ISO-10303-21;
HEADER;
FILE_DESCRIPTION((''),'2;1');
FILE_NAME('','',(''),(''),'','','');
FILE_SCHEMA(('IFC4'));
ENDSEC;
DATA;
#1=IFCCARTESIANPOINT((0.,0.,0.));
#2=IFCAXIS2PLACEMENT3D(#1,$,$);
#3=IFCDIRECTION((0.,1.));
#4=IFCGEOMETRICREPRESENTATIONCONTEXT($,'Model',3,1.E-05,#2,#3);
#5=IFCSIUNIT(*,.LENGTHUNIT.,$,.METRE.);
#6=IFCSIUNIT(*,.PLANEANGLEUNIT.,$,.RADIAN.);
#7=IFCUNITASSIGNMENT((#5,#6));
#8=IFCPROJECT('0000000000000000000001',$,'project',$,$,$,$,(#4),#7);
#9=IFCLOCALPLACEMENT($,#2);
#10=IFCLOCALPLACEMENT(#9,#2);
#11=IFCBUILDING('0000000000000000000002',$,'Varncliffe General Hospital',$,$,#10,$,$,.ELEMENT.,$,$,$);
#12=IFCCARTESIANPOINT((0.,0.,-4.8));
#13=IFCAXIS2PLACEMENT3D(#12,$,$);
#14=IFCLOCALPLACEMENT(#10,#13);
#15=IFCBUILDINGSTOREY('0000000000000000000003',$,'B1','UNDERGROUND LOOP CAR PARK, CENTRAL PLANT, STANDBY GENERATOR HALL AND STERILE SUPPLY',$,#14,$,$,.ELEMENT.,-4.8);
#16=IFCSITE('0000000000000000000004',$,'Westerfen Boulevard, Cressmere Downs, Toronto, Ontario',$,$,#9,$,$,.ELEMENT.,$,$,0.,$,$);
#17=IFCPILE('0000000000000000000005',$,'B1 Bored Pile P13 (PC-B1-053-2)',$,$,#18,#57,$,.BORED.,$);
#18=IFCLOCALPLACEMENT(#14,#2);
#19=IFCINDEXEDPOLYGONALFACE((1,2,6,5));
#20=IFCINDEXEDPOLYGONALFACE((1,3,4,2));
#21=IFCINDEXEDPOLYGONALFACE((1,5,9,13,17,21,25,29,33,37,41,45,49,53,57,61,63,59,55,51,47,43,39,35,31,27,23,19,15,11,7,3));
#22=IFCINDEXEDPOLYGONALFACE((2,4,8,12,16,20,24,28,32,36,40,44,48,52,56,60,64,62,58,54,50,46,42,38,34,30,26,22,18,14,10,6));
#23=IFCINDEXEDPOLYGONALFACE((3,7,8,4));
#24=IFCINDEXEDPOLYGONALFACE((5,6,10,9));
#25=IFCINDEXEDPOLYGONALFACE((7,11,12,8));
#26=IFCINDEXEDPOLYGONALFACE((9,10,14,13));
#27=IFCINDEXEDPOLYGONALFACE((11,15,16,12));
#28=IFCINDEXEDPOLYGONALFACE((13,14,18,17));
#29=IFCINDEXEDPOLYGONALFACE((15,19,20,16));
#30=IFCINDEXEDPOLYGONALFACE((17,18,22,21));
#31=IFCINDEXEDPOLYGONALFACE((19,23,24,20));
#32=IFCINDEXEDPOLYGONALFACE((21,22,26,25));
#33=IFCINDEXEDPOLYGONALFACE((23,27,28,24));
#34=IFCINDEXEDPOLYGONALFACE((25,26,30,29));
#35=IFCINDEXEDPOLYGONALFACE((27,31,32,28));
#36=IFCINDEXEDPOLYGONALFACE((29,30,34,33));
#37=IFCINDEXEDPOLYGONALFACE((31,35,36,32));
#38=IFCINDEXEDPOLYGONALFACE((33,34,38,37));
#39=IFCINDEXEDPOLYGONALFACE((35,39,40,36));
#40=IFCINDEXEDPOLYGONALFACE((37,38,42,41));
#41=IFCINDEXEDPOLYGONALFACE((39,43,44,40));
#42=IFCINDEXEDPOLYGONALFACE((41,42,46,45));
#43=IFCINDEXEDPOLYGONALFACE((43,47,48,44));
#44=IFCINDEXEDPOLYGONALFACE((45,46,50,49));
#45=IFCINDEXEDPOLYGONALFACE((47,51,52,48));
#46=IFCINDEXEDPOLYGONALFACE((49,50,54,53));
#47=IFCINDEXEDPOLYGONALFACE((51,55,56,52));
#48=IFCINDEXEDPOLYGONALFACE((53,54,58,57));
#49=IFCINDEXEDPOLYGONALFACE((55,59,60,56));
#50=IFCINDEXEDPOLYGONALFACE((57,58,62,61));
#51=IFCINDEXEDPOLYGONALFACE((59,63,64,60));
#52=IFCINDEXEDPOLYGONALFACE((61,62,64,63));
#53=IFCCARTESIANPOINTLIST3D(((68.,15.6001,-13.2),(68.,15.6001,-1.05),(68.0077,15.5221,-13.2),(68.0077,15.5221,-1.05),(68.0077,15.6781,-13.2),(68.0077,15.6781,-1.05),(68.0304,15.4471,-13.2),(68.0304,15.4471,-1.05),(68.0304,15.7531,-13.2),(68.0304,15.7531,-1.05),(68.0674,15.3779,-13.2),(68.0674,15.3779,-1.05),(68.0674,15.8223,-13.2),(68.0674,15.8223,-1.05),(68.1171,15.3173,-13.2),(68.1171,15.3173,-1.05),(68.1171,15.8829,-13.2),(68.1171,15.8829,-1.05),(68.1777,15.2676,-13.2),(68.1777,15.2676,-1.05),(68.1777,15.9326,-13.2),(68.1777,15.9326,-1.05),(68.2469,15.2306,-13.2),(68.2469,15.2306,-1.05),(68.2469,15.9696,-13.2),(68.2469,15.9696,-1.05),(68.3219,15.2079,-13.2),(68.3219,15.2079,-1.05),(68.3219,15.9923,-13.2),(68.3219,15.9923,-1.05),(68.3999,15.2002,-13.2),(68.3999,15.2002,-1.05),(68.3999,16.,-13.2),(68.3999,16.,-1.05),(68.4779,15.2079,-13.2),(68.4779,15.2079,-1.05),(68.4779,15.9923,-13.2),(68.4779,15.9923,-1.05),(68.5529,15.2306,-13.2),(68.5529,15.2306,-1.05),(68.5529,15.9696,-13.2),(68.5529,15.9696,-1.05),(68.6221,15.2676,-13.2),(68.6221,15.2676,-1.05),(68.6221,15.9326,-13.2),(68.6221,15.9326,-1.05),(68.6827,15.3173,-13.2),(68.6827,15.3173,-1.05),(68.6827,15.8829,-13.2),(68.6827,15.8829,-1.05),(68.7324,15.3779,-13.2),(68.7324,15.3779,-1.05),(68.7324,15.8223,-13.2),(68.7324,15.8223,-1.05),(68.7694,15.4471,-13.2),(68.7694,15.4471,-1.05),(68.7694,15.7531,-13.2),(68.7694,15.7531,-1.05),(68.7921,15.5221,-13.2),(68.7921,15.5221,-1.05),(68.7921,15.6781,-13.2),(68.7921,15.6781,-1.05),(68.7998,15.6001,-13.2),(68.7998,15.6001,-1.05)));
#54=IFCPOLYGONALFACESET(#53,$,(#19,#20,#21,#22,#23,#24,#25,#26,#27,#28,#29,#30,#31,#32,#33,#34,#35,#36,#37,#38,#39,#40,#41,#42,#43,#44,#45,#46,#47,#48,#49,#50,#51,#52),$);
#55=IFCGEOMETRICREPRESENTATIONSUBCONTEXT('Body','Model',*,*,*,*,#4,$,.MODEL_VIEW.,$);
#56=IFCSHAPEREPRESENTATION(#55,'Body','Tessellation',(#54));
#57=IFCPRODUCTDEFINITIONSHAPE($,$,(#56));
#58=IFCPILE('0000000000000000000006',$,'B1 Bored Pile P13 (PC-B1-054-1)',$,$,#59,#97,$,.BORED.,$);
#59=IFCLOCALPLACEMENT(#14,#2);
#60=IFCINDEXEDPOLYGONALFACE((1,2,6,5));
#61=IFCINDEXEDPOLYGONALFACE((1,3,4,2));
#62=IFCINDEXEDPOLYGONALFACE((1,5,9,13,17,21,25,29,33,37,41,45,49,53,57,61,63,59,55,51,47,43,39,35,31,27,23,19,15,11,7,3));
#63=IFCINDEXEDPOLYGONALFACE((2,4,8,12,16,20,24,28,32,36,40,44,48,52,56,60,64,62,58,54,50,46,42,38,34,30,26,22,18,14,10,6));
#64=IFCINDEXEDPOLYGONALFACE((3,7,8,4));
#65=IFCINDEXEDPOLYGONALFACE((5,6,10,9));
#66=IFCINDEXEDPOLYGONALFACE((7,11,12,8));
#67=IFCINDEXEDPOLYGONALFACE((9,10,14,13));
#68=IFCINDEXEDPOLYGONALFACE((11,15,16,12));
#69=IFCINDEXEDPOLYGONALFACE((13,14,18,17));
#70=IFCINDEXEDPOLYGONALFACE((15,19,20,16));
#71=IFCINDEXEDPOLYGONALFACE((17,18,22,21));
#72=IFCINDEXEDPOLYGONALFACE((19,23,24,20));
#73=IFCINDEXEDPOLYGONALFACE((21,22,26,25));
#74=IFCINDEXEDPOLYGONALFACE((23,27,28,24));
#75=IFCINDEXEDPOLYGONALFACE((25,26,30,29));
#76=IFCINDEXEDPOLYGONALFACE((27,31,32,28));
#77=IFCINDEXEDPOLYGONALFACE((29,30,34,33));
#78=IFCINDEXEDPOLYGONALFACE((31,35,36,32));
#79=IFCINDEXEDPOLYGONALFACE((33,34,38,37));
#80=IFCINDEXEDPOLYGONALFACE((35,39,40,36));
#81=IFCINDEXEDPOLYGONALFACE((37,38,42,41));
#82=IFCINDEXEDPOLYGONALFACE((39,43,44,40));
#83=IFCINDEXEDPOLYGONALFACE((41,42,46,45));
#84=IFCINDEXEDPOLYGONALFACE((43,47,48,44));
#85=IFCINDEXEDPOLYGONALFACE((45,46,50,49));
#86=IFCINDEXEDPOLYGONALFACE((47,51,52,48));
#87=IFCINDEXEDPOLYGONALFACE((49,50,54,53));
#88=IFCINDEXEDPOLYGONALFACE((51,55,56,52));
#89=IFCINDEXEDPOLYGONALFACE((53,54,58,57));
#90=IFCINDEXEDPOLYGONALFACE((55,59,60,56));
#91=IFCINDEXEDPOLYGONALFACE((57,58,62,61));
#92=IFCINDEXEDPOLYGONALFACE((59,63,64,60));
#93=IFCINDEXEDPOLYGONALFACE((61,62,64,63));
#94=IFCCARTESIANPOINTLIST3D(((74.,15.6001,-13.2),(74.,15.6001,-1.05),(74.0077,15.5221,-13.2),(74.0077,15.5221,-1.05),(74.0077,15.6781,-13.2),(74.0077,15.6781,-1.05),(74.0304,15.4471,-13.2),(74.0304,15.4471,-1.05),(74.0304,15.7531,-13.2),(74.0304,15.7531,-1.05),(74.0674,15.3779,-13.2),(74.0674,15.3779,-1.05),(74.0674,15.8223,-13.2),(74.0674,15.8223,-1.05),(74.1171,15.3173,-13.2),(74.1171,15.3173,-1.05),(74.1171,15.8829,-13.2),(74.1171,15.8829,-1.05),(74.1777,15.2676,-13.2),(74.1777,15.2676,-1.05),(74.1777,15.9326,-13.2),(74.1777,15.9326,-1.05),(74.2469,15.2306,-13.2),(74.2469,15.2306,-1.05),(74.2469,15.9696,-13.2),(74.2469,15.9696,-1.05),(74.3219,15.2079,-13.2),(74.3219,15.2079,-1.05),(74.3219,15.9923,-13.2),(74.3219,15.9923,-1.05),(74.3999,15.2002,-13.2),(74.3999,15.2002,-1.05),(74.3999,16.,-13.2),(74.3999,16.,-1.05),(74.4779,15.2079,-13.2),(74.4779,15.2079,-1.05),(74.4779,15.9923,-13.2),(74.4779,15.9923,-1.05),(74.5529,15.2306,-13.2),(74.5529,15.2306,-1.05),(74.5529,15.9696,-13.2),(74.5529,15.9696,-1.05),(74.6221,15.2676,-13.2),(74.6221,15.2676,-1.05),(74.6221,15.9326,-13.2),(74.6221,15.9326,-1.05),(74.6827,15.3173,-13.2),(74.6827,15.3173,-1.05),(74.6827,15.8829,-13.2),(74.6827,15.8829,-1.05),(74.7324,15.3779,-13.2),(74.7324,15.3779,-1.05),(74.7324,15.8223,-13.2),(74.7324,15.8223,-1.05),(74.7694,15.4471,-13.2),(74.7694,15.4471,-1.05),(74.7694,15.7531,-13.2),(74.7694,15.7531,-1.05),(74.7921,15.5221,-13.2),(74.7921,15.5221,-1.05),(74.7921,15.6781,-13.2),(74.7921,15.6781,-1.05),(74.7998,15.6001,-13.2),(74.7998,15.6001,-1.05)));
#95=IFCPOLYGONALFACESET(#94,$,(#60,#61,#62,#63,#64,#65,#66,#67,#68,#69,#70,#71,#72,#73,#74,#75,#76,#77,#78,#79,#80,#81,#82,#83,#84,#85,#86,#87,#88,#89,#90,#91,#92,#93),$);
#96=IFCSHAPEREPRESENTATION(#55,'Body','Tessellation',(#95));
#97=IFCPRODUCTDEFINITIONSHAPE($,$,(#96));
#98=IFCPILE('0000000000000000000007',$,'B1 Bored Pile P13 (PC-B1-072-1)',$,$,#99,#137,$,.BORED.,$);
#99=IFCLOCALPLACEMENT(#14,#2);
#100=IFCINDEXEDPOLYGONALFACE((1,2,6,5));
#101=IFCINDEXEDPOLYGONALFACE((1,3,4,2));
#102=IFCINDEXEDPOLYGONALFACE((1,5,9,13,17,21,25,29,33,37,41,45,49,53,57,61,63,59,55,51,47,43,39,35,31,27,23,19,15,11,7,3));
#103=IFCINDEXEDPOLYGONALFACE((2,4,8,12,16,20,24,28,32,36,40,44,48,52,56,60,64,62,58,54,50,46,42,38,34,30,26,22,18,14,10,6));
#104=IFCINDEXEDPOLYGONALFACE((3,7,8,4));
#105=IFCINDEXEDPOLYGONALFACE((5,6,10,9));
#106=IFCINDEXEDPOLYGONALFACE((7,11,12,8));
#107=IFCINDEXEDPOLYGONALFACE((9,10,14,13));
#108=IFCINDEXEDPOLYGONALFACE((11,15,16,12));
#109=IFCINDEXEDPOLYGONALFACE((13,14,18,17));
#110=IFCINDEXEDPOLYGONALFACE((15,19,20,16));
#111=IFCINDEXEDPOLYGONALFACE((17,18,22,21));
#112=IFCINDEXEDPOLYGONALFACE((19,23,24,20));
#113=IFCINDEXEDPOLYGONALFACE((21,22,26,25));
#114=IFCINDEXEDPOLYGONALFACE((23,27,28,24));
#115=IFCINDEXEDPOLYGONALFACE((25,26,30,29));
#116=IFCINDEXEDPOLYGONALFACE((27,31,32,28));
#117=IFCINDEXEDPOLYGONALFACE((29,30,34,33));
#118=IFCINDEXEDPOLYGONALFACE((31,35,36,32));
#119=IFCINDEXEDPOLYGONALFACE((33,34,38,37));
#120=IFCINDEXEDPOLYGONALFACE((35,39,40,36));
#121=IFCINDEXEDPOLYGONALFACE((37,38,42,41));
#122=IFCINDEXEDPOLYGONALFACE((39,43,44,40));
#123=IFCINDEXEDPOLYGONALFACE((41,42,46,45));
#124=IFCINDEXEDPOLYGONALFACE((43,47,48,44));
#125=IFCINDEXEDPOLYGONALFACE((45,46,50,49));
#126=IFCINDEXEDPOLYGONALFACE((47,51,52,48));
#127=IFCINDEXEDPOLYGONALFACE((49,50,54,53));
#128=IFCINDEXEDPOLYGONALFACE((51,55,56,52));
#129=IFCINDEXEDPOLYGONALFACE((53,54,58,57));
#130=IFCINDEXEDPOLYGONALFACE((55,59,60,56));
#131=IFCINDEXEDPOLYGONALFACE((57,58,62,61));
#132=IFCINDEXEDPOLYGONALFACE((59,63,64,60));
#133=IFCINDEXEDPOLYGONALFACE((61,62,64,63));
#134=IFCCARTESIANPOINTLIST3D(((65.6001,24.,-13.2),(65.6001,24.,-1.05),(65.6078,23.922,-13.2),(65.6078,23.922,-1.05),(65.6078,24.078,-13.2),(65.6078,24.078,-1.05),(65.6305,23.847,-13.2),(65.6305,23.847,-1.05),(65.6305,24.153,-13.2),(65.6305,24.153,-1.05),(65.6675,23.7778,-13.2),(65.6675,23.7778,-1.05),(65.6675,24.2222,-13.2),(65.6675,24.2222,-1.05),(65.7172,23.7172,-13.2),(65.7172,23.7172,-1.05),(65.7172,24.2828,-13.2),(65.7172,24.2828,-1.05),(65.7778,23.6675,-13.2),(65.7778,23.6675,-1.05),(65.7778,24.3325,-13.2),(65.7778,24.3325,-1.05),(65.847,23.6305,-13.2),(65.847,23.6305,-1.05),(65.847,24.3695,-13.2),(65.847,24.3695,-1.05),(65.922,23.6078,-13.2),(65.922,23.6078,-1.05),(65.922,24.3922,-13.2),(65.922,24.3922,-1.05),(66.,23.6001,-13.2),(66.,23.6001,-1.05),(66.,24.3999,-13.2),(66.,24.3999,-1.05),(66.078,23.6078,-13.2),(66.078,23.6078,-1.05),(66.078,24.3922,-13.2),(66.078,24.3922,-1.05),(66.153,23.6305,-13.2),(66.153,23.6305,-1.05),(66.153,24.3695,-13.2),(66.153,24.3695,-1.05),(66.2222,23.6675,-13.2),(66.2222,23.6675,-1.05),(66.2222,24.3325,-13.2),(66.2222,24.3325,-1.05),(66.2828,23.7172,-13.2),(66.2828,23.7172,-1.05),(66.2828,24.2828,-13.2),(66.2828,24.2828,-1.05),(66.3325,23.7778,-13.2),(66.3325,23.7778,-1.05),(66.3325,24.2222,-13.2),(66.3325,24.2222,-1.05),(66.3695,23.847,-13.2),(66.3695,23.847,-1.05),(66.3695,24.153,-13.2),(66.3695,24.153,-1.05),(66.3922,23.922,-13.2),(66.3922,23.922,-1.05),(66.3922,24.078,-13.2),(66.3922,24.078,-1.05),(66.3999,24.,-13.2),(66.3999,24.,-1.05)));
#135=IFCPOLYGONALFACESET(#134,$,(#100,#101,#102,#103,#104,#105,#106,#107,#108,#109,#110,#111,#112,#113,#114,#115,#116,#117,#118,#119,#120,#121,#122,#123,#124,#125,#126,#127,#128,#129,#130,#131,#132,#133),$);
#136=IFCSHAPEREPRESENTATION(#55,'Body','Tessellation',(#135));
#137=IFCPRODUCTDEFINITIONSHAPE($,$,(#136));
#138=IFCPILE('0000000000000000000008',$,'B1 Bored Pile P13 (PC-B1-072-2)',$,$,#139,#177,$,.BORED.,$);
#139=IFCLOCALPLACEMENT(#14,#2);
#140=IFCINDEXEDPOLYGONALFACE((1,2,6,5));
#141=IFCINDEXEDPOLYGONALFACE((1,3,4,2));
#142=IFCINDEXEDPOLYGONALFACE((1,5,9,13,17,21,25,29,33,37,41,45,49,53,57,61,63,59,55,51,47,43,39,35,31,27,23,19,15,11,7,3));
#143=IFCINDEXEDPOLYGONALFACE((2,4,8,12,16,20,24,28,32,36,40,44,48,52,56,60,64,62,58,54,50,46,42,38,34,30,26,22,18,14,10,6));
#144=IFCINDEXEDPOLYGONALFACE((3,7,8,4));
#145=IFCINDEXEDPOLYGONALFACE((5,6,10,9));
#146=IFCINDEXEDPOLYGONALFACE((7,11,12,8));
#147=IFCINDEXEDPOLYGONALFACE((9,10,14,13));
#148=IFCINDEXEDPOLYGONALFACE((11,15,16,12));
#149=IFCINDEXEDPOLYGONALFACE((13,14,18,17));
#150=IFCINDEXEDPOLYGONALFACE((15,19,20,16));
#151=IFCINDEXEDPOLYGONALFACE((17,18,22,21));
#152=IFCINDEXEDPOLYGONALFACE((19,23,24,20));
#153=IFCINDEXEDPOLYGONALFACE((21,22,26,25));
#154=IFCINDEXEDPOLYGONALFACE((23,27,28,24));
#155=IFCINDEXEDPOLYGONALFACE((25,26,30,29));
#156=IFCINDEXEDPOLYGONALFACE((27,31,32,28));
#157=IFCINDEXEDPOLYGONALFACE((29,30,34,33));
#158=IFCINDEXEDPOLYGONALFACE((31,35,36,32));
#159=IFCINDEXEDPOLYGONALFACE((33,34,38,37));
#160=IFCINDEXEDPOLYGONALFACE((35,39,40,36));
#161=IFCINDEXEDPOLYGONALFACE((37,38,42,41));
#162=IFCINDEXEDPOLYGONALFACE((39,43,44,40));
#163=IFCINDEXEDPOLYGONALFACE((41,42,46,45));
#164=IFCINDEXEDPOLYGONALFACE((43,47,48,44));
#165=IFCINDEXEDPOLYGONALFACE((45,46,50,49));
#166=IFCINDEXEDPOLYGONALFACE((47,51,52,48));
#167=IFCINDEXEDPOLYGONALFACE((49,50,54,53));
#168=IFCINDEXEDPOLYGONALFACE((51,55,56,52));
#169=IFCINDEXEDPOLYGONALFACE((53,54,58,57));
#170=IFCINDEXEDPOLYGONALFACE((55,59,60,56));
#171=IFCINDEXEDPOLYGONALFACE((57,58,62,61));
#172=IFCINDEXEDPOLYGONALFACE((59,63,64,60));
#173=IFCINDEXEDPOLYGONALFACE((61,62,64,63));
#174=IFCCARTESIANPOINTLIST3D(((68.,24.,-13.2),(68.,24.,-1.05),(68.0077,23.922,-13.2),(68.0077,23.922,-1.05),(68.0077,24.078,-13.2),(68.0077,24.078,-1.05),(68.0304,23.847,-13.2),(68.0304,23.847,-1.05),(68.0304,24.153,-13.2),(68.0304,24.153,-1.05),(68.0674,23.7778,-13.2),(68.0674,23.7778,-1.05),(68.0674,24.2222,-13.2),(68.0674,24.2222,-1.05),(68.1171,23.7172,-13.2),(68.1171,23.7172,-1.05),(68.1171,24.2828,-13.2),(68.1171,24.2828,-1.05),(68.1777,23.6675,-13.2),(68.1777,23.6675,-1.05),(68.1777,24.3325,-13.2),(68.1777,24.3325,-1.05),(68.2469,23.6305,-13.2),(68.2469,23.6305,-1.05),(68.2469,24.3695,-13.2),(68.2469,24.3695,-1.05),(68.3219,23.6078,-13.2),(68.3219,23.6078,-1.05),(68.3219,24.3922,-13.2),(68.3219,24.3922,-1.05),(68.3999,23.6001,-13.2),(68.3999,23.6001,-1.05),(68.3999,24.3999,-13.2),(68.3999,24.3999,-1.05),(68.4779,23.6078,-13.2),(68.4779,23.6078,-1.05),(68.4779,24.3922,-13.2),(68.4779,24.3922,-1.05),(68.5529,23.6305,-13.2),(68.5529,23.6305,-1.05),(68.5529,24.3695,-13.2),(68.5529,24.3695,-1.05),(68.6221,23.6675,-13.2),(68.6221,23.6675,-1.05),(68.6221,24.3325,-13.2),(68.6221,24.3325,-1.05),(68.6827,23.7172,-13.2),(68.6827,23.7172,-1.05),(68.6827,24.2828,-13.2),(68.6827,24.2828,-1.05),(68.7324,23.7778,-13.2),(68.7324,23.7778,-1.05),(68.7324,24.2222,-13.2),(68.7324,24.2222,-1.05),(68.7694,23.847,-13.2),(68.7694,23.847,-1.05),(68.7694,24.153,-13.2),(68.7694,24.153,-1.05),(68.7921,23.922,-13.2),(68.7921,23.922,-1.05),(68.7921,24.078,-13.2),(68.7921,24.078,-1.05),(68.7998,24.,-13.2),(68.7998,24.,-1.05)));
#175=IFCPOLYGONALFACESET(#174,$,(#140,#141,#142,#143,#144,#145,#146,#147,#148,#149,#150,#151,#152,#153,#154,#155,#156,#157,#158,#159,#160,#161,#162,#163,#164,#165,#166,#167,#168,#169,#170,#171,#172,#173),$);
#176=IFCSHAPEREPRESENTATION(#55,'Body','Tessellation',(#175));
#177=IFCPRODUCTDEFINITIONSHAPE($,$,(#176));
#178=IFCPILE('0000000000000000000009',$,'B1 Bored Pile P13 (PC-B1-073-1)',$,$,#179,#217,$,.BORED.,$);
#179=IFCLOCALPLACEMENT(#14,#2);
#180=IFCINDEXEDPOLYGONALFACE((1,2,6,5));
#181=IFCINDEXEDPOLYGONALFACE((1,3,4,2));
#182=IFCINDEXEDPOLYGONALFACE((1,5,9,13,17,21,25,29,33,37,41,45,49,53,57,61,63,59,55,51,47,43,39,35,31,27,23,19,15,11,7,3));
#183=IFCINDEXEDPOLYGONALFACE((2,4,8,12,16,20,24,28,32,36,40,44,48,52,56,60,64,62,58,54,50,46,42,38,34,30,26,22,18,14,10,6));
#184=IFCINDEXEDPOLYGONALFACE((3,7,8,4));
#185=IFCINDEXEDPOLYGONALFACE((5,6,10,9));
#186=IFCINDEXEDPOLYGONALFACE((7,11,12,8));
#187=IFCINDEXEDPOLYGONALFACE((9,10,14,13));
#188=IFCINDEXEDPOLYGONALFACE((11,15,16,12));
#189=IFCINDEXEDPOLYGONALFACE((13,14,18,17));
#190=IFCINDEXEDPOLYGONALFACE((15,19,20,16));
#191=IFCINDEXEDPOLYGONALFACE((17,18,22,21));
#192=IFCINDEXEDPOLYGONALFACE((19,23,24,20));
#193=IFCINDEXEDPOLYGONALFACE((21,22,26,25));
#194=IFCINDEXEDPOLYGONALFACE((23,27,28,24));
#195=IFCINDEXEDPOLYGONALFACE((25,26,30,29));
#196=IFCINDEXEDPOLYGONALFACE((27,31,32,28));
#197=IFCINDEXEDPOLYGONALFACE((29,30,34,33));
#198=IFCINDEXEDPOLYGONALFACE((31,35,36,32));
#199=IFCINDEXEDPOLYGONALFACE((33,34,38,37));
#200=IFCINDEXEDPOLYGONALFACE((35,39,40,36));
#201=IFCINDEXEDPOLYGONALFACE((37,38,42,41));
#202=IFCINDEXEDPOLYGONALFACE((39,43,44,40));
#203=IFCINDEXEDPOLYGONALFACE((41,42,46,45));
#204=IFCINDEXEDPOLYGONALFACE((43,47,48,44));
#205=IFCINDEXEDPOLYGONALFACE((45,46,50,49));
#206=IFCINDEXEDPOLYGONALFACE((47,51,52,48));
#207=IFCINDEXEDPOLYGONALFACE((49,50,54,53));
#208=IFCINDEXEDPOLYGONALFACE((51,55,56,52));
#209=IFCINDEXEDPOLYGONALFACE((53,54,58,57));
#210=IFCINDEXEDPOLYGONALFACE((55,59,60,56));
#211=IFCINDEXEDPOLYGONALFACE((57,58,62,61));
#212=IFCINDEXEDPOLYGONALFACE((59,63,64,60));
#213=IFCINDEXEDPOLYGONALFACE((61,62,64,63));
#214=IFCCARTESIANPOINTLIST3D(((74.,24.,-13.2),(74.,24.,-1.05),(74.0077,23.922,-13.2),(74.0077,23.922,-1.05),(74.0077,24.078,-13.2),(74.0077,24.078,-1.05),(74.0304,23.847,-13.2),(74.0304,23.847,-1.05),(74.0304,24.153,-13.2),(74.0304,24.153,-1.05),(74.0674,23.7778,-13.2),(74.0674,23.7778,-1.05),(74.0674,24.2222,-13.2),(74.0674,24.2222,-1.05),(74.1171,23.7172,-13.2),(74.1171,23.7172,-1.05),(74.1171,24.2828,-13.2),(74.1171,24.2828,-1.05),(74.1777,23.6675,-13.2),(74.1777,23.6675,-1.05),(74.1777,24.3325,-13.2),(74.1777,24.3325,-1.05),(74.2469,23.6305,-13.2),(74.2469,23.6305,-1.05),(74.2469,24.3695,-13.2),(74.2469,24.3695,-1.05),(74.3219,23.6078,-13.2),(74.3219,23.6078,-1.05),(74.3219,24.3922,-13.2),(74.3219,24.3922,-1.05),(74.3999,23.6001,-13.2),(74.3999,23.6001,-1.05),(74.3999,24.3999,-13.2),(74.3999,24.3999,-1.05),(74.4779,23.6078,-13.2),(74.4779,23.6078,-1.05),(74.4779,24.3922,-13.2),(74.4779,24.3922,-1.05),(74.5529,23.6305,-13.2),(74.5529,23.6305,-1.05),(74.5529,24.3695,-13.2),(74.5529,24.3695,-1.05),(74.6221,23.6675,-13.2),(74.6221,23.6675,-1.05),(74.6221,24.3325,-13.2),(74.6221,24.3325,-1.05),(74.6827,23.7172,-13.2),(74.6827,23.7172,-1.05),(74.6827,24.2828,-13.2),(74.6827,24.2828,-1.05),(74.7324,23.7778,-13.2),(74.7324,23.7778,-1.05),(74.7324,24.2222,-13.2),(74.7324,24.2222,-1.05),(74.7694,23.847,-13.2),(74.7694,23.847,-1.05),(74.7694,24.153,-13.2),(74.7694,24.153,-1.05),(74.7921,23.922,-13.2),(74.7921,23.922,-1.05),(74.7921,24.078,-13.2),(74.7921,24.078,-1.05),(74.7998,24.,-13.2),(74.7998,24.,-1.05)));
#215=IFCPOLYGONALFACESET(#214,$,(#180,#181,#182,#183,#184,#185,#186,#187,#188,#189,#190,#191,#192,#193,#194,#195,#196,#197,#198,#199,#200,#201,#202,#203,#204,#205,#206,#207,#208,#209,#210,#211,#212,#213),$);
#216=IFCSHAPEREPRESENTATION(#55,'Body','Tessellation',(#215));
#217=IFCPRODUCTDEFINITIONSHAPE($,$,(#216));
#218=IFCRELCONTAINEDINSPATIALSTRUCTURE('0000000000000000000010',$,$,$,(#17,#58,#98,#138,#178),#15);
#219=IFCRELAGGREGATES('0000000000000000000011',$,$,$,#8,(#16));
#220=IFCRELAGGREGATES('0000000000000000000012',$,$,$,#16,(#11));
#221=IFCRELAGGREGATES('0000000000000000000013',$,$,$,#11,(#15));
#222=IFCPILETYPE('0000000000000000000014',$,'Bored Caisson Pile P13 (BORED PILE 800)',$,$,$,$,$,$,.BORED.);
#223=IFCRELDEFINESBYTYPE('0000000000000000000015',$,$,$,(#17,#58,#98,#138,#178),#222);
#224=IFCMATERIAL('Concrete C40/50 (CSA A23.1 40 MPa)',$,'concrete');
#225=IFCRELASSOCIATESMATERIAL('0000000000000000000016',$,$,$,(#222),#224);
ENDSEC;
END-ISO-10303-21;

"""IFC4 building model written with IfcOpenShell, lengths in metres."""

from ifc_helpers import new_model, si_unit, direction, frame, origin, origin_2d, place, context, subcontext, project, spatial, circle, extrude, material, material_profile, profile_set, type_object, element, save


model = new_model("IFC4")

# Units and contexts
model_context = context("Model", 3, precision=1e-05, world=origin(), true_north=direction((0.0, 1.0)))
body_context = subcontext(model_context, "Body", "Model", "MODEL_VIEW")
ifc_project = project(units=[si_unit("LENGTHUNIT", "METRE"), si_unit("PLANEANGLEUNIT", "RADIAN")], contexts=[model_context])

# Site, building, storey
site_placement = place(None, origin())
site = spatial("IfcSite", under=ifc_project, at=site_placement, Name="Westerfen Boulevard, Cressmere Downs, Toronto, Ontario", CompositionType="ELEMENT", RefElevation=0.0)
building_placement = place(site_placement, origin())
building = spatial("IfcBuilding", under=site, at=building_placement, Name="Varncliffe General Hospital", CompositionType="ELEMENT")
storey_placement = place(building_placement, frame((0.0, 0.0, -4.8)))
storey = spatial("IfcBuildingStorey", under=building, at=storey_placement, Name="B1", Description="UNDERGROUND LOOP CAR PARK, CENTRAL PLANT, STANDBY GENERATOR HALL AND STERILE SUPPLY", CompositionType="ELEMENT", Elevation=-4.8)

# Piles
ifc_material_1 = material(Name="Concrete C40/50 (CSA A23.1 40 MPa)", Category="concrete")
ifc_material_profile_1 = material_profile(ifc_material_1, circle(Radius=0.3999, at=origin_2d()), Name="BORED PILE 800")
ifc_profile_set_1 = profile_set([ifc_material_profile_1], Name="Concrete C40/50 (CSA A23.1 40 MPa)")
pile_type = type_object("IfcPileType", Name="Bored Caisson Pile P13 (BORED PILE 800)", PredefinedType="BORED", material=ifc_profile_set_1)
for number, where, z_axis, x_axis, name in (
    (1, (68.3999, 15.6001, -1.05), (0.0, 0.0, -1.0), (1.0, 0.0, 0.0), "B1 Bored Pile P13 (PC-B1-053-2)"),
    (2, (74.3999, 15.6001, -1.05), (0.0, 0.0, -1.0), (1.0, 0.0, 0.0), "B1 Bored Pile P13 (PC-B1-054-1)"),
    (3, (66.0, 24.0, -1.05), (0.0, 0.0, -1.0), (1.0, 0.0, 0.0), "B1 Bored Pile P13 (PC-B1-072-1)"),
    (4, (68.3999, 24.0, -1.05), (0.0, 0.0, -1.0), (1.0, 0.0, 0.0), "B1 Bored Pile P13 (PC-B1-072-2)"),
    (5, (74.3999, 24.0, -1.05), (0.0, 0.0, -1.0), (1.0, 0.0, 0.0), "B1 Bored Pile P13 (PC-B1-073-1)"),
):
    element("IfcPile", number, at=place(storey_placement, frame(where, z_axis=z_axis, x_axis=x_axis)), inside=storey, type_object=pile_type, Name=name, PredefinedType="BORED", context=body_context, shape_type="SweptSolid", body=[
        extrude(circle(Radius=0.3999, at=origin_2d()), origin(), (0.0, 0.0, 1.0), 12.1499),
    ])

save(model, "model.ifc")
